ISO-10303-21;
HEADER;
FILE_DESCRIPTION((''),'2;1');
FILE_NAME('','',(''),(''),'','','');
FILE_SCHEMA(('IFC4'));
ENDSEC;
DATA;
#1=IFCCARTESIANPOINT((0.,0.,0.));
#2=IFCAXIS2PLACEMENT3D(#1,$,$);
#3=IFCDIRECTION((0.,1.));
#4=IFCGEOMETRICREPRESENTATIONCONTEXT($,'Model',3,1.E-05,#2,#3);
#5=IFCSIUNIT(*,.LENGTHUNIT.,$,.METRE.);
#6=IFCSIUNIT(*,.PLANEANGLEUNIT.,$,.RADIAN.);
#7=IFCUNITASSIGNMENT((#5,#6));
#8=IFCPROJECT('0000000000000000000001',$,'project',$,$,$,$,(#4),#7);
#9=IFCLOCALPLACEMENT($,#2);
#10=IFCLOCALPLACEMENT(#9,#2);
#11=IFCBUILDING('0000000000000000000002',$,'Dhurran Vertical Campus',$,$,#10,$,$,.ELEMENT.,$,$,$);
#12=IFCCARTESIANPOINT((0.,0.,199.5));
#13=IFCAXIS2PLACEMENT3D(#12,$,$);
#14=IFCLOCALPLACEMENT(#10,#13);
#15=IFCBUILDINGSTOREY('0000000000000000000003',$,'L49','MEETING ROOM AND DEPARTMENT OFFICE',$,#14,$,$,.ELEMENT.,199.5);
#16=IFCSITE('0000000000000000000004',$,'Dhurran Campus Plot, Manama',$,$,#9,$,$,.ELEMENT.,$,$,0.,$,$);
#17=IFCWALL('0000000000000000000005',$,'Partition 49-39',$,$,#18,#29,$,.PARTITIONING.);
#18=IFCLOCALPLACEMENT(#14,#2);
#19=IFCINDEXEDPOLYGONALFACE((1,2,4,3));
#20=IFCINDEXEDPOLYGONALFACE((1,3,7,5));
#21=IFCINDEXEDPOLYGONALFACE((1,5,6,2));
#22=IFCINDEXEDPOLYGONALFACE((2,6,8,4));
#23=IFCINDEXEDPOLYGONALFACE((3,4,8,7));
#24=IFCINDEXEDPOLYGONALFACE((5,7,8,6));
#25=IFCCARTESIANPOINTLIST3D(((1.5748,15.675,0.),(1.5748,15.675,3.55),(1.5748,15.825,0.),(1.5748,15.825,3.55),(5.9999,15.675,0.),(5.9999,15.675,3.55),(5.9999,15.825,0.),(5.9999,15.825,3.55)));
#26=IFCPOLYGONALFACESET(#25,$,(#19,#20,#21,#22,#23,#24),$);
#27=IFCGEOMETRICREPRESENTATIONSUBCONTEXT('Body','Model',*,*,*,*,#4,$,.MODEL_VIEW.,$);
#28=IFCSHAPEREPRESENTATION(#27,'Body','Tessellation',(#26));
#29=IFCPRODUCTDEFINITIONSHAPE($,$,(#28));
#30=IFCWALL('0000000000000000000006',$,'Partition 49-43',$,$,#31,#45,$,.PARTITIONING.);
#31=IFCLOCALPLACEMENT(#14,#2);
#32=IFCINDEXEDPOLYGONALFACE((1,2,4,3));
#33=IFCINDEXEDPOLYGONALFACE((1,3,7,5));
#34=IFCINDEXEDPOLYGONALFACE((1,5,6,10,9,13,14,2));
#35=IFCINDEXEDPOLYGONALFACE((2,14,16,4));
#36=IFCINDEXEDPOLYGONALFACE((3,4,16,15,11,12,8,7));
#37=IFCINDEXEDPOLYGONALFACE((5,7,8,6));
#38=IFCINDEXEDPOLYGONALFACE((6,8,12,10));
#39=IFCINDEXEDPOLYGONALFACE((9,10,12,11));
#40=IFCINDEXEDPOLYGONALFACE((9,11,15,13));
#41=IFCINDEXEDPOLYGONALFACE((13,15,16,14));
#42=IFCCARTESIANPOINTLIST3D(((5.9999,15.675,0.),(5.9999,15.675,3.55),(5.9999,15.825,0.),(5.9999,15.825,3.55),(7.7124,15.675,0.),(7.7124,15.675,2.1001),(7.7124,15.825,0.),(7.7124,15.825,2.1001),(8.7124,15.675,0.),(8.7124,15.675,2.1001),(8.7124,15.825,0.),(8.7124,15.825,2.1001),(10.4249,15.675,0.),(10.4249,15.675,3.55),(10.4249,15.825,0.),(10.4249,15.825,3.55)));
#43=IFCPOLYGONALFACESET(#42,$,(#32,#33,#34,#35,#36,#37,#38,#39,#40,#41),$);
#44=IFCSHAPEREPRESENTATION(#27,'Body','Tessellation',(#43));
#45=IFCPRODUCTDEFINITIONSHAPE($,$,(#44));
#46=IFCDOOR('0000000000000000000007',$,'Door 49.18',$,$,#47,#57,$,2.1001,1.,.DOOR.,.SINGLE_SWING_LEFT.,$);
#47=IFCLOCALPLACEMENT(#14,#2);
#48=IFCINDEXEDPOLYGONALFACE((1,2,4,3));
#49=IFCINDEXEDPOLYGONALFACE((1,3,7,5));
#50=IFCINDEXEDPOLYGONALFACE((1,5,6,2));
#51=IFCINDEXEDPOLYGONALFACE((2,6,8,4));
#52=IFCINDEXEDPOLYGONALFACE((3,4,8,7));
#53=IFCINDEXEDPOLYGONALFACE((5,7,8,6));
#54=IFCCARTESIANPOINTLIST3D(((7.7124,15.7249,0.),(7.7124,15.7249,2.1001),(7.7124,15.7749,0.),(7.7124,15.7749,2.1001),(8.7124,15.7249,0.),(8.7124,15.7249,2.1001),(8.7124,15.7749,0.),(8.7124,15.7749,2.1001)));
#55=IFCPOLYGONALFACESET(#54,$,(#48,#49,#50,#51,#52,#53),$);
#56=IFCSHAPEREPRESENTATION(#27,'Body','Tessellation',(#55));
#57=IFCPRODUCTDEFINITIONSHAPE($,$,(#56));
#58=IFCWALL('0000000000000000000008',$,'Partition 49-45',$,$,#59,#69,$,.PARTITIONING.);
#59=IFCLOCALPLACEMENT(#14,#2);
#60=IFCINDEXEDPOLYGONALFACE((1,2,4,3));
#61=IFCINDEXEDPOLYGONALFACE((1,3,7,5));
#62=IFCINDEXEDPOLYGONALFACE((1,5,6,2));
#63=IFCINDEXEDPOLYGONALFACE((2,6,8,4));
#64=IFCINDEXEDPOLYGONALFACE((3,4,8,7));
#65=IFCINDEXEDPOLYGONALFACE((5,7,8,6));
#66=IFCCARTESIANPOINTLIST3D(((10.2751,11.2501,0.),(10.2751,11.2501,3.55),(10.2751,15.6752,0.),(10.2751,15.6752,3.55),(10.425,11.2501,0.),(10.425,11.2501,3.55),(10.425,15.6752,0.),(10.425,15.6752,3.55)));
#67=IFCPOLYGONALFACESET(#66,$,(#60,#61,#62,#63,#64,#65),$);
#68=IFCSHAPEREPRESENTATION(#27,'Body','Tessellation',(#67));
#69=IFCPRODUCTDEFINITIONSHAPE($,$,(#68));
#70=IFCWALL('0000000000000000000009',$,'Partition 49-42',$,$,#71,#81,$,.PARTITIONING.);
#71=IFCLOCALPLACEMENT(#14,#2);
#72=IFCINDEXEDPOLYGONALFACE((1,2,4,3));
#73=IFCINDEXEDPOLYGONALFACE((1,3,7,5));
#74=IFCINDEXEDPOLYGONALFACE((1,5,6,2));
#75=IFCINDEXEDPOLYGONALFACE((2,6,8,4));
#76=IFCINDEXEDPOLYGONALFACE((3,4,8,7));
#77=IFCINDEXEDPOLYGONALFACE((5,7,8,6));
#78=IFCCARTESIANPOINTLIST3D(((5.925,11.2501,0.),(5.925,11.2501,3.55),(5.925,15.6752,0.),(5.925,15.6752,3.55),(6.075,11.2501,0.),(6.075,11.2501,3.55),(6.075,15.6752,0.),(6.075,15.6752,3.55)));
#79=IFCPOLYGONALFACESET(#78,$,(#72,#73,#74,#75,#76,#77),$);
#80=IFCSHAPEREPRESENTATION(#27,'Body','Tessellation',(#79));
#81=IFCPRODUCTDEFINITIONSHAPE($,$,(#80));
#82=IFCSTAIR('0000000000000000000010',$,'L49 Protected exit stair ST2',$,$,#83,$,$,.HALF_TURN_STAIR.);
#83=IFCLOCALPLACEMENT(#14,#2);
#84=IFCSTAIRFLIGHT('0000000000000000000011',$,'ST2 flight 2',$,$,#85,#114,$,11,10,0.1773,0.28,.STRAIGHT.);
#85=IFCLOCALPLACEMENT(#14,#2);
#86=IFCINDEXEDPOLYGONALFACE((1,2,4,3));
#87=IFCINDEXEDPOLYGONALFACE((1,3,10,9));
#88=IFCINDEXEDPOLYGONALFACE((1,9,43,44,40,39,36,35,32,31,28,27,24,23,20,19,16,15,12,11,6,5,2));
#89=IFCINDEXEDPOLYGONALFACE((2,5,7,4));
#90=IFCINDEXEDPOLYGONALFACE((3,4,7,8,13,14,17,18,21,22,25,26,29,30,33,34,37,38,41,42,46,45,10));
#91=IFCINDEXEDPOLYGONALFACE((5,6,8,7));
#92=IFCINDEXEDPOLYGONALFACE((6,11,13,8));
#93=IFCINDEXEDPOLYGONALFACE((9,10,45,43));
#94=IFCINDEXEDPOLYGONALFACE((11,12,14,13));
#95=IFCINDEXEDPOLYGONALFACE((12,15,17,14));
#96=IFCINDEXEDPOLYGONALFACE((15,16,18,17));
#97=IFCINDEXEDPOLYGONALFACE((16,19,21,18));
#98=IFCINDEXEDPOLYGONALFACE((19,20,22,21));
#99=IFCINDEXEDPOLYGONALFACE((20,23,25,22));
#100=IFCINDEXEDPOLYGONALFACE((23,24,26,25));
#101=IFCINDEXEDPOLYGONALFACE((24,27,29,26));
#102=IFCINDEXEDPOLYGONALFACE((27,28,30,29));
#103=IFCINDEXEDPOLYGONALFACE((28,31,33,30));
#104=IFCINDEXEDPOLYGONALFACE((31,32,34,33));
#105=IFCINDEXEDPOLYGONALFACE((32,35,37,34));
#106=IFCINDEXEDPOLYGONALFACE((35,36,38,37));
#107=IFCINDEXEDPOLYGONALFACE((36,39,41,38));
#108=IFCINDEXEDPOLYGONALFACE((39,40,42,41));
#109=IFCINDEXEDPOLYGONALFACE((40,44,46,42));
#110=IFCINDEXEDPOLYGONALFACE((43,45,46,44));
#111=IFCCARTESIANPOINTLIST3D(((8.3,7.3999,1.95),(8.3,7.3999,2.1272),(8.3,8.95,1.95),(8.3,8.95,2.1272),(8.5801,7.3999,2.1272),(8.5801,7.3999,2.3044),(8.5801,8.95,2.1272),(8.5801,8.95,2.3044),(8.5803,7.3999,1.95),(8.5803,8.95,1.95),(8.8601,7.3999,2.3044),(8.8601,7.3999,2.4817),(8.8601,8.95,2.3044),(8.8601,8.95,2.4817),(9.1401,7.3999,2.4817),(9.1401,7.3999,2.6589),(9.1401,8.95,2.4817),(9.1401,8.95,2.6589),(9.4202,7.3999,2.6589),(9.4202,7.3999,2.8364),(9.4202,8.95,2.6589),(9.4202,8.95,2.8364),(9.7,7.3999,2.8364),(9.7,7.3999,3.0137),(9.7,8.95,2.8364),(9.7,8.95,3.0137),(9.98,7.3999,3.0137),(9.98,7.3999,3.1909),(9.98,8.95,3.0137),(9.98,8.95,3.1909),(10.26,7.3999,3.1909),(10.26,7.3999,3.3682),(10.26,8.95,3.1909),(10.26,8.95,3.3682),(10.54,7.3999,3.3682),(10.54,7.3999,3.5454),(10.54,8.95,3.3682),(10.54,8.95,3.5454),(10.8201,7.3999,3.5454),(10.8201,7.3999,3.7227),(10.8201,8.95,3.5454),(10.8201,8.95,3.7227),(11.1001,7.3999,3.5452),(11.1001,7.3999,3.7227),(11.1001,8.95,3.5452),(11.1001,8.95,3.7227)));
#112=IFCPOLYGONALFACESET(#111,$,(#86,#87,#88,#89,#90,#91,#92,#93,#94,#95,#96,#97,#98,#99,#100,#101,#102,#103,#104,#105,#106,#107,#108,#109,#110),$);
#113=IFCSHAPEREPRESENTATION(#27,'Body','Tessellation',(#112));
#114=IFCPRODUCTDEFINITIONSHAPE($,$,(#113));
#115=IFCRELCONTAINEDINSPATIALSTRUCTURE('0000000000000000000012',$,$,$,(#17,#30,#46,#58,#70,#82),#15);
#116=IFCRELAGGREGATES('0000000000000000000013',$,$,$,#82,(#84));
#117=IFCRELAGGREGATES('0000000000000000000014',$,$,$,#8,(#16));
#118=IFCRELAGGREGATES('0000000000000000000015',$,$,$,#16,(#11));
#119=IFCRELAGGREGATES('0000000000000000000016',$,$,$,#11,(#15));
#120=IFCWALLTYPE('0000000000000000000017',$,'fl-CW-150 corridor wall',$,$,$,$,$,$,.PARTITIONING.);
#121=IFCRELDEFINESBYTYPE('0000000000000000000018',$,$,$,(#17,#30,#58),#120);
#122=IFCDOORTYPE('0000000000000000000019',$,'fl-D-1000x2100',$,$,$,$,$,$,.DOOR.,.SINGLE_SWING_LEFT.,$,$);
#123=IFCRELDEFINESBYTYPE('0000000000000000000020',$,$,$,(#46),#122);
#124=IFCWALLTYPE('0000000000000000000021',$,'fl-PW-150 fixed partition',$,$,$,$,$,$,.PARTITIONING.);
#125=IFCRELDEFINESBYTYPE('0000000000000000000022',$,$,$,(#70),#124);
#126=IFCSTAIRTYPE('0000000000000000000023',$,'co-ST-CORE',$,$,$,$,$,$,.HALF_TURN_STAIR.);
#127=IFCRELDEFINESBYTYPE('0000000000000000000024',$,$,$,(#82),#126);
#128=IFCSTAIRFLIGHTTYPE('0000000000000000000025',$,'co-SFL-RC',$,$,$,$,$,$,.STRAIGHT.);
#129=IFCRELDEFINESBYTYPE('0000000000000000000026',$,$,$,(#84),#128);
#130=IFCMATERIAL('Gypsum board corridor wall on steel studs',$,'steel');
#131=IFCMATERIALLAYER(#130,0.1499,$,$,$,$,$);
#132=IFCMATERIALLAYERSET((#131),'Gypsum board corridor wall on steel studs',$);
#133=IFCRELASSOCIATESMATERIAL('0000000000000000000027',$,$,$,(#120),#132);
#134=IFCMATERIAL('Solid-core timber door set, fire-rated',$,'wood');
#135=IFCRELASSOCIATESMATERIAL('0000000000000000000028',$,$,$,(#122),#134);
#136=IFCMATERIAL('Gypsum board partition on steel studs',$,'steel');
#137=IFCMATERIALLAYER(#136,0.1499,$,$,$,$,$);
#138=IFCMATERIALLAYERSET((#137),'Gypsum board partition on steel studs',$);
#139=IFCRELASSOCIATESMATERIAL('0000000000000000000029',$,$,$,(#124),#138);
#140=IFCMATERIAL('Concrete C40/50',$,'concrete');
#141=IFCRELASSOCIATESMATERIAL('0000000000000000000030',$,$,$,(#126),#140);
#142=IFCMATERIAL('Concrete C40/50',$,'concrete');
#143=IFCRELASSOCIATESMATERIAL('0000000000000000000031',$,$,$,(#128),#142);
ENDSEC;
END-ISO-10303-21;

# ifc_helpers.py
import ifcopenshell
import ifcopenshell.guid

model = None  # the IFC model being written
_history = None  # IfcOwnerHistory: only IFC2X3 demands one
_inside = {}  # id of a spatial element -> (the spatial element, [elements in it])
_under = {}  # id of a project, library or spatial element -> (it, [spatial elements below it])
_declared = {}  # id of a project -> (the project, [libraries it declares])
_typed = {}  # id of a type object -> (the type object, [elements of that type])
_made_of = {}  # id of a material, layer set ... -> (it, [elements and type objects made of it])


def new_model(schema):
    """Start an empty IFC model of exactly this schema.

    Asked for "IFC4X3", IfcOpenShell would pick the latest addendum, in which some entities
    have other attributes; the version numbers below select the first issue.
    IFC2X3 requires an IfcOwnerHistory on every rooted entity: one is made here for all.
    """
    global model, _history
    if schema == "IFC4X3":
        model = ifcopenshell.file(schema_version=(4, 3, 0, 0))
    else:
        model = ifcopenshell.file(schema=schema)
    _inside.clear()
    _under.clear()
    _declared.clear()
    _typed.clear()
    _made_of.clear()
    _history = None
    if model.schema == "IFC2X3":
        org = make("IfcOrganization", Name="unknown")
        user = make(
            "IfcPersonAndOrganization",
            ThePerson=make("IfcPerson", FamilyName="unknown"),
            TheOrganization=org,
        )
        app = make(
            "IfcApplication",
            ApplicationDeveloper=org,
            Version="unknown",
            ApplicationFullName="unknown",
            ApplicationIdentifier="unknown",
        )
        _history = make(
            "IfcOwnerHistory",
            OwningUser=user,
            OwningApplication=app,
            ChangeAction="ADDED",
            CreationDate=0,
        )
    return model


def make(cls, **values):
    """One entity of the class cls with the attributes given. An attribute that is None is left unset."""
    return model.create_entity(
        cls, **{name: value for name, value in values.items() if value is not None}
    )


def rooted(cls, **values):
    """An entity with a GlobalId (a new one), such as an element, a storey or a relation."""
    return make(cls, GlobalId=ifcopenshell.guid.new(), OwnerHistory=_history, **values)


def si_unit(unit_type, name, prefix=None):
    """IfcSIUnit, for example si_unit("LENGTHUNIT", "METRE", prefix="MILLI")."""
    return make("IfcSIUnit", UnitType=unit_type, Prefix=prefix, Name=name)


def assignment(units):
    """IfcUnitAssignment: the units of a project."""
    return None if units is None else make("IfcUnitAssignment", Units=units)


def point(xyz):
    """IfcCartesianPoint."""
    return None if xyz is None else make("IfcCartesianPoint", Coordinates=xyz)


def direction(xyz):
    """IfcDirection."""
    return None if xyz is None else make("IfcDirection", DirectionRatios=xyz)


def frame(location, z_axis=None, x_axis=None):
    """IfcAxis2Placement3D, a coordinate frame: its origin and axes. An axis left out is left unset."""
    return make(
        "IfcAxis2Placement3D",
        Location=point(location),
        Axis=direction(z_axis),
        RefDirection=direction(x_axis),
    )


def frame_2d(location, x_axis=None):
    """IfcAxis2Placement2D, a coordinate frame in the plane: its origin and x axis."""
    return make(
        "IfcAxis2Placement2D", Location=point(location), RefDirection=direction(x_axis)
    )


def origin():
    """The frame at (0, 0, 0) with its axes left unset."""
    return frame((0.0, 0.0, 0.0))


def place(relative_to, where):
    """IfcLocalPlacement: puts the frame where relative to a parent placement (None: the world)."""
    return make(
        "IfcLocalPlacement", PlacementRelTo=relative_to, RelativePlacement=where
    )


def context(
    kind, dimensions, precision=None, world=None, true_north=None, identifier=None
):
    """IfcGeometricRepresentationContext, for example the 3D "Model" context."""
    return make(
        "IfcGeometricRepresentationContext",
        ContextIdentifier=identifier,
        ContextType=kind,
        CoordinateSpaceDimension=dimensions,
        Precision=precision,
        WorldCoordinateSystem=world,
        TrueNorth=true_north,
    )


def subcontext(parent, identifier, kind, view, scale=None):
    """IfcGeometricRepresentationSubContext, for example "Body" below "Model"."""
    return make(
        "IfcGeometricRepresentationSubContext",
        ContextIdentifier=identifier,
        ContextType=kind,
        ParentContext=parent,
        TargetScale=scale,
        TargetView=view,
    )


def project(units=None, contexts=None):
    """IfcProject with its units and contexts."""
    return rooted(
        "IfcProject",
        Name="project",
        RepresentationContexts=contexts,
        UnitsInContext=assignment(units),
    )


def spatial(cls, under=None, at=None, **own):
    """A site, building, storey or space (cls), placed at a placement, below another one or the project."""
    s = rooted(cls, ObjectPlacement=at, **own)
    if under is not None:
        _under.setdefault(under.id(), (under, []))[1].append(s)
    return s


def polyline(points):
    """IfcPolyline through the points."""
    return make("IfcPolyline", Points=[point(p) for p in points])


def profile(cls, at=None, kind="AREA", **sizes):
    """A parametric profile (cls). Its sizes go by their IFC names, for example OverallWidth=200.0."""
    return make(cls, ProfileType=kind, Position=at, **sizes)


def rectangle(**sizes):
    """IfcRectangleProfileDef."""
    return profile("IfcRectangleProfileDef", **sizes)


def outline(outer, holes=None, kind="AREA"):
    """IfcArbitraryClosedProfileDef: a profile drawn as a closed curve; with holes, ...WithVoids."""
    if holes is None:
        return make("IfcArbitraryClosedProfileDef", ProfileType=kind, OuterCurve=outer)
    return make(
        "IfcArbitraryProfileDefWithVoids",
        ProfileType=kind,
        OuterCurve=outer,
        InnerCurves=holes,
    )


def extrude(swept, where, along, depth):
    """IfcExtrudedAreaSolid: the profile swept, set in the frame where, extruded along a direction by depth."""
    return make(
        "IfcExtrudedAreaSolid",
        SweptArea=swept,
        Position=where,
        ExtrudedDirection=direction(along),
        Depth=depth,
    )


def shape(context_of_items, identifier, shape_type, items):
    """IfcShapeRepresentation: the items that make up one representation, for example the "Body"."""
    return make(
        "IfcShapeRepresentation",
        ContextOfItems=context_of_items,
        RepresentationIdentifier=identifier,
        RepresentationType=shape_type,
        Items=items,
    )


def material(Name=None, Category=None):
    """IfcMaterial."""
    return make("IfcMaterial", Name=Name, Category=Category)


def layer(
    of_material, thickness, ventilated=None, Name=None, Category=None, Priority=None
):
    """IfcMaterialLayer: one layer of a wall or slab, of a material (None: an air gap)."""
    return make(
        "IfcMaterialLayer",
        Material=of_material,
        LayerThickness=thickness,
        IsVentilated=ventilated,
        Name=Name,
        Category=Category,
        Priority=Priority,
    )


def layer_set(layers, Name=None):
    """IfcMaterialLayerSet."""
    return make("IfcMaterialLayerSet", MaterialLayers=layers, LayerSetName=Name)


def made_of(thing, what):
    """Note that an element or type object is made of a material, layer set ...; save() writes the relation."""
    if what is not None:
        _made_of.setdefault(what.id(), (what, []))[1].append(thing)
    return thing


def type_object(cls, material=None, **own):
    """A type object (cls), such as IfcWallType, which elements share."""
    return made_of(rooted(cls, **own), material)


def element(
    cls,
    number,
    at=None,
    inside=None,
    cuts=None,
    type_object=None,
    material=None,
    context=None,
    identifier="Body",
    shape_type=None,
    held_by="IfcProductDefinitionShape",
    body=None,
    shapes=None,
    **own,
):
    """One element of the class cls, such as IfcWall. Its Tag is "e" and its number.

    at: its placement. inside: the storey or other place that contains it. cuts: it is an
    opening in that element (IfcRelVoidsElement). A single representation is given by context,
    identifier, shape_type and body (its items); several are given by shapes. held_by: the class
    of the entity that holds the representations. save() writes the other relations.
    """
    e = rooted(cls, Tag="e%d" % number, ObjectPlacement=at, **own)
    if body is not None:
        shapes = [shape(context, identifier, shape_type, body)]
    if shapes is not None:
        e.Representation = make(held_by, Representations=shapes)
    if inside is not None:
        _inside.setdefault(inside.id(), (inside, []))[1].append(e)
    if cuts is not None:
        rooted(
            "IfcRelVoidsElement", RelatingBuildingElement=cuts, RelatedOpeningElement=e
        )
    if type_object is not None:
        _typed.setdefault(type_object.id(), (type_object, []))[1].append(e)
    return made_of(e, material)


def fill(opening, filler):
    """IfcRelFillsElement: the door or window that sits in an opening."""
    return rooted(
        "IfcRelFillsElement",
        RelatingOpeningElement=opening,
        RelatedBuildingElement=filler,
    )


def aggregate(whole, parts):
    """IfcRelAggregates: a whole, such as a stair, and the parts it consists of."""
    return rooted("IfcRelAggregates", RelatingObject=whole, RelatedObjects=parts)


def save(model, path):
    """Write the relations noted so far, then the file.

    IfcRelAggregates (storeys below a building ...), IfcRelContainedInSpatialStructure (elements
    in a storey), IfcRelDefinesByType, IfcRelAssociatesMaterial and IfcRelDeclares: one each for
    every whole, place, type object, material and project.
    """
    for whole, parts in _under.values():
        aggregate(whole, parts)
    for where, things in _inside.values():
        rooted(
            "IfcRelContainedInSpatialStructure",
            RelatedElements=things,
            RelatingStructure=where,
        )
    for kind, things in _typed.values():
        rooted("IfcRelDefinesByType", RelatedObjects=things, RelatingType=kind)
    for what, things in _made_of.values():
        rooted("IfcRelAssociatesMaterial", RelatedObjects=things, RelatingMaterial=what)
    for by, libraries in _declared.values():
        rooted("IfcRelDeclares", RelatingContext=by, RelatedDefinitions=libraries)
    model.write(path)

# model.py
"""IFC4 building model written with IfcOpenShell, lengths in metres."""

from ifc_helpers import new_model, si_unit, direction, frame, frame_2d, origin, place, context, subcontext, project, spatial, polyline, rectangle, outline, extrude, material, layer, layer_set, type_object, element, fill, aggregate, save


model = new_model("IFC4")

# Units and contexts
model_context = context("Model", 3, precision=1e-05, world=origin(), true_north=direction((0.0, 1.0)))
body_context = subcontext(model_context, "Body", "Model", "MODEL_VIEW")
ifc_project = project(units=[si_unit("LENGTHUNIT", "METRE"), si_unit("PLANEANGLEUNIT", "RADIAN")], contexts=[model_context])

# Site, building, storey
site_placement = place(None, origin())
site = spatial("IfcSite", under=ifc_project, at=site_placement, Name="Dhurran Campus Plot, Manama", CompositionType="ELEMENT", RefElevation=0.0)
building_placement = place(site_placement, origin())
building = spatial("IfcBuilding", under=site, at=building_placement, Name="Dhurran Vertical Campus", CompositionType="ELEMENT")
storey_placement = place(building_placement, frame((0.0, 0.0, 199.5)))
storey = spatial("IfcBuildingStorey", under=building, at=storey_placement, Name="L49", Description="MEETING ROOM AND DEPARTMENT OFFICE", CompositionType="ELEMENT", Elevation=199.5)

# Shared definitions
ifc_material_1 = material(Name="Gypsum board corridor wall on steel studs", Category="steel")
ifc_layer_1 = layer(ifc_material_1, 0.1499)
ifc_layer_set_1 = layer_set([ifc_layer_1], Name="Gypsum board corridor wall on steel studs")
wall_type_1 = type_object("IfcWallType", Name="fl-CW-150 corridor wall", PredefinedType="PARTITIONING", material=ifc_layer_set_1)
ifc_material_2 = material(Name="Solid-core timber door set, fire-rated", Category="wood")
door_type = type_object("IfcDoorType", Name="fl-D-1000x2100", OperationType="SINGLE_SWING_LEFT", PredefinedType="DOOR", material=ifc_material_2)

# Wall
wall_1_placement = place(storey_placement, frame((1.575, 15.75, 0.0), z_axis=(0.0, 0.0, 1.0), x_axis=(1.0, 0.0, 0.0)))
element("IfcWall", 1, at=wall_1_placement, inside=storey, type_object=wall_type_1, Name="Partition 49-39", PredefinedType="PARTITIONING", context=body_context, shape_type="SweptSolid", body=[
    extrude(rectangle(XDim=4.425, YDim=0.1499, at=frame_2d((2.2124, 0.0))), origin(), (0.0, 0.0, 1.0), 3.55),
])

# Wall, opening, door
wall_2_placement = place(storey_placement, frame((6.0, 15.75, 0.0), z_axis=(0.0, 0.0, 1.0), x_axis=(1.0, 0.0, 0.0)))
wall_2 = element("IfcWall", 2, at=wall_2_placement, inside=storey, type_object=wall_type_1, Name="Partition 49-43", PredefinedType="PARTITIONING", context=body_context, shape_type="SweptSolid", body=[
    extrude(rectangle(XDim=4.425, YDim=0.1499, at=frame_2d((2.2124, 0.0))), origin(), (0.0, 0.0, 1.0), 3.55),
])
opening_1_placement = place(wall_2_placement, frame((1.7124, 0.0, 0.0)))
opening_1 = element("IfcOpeningElement", 3, at=opening_1_placement, cuts=wall_2, PredefinedType="OPENING", context=body_context, shape_type="SweptSolid", body=[
    extrude(rectangle(XDim=1.0, YDim=2.1001, at=frame_2d((0.5, 1.05))), frame((0.0, 0.085, 0.0), z_axis=(0.0, -1.0, 0.0), x_axis=(1.0, 0.0, 0.0)), (0.0, 0.0, 1.0), 0.1699),
])
door_1_placement = place(opening_1_placement, origin())
door_1 = element("IfcDoor", 4, at=door_1_placement, inside=storey, type_object=door_type, Name="Door 49.18", OperationType="SINGLE_SWING_LEFT", OverallHeight=2.1001, OverallWidth=1.0, PredefinedType="DOOR", context=body_context, shape_type="SweptSolid", body=[
    extrude(rectangle(XDim=1.0, YDim=2.1001, at=frame_2d((0.5, 1.05))), frame((0.0, 0.0249, 0.0), z_axis=(0.0, -1.0, 0.0), x_axis=(1.0, 0.0, 0.0)), (0.0, 0.0, 1.0), 0.05),
])
fill(opening_1, door_1)

# Walls
wall_3_placement = place(storey_placement, frame((10.3501, 15.675, 0.0), z_axis=(0.0, 0.0, 1.0), x_axis=(0.0, -1.0, 0.0)))
element("IfcWall", 5, at=wall_3_placement, inside=storey, type_object=wall_type_1, Name="Partition 49-45", PredefinedType="PARTITIONING", context=body_context, shape_type="SweptSolid", body=[
    extrude(rectangle(XDim=4.425, YDim=0.1499, at=frame_2d((2.2124, 0.0))), origin(), (0.0, 0.0, 1.0), 3.55),
])
ifc_material_3 = material(Name="Gypsum board partition on steel studs", Category="steel")
ifc_layer_2 = layer(ifc_material_3, 0.1499)
ifc_layer_set_2 = layer_set([ifc_layer_2], Name="Gypsum board partition on steel studs")
wall_type_2 = type_object("IfcWallType", Name="fl-PW-150 fixed partition", PredefinedType="PARTITIONING", material=ifc_layer_set_2)
wall_4_placement = place(storey_placement, frame((6.0, 15.675, 0.0), z_axis=(0.0, 0.0, 1.0), x_axis=(0.0, -1.0, 0.0)))
element("IfcWall", 6, at=wall_4_placement, inside=storey, type_object=wall_type_2, Name="Partition 49-42", PredefinedType="PARTITIONING", context=body_context, shape_type="SweptSolid", body=[
    extrude(rectangle(XDim=4.425, YDim=0.1499, at=frame_2d((2.2124, 0.0))), origin(), (0.0, 0.0, 1.0), 3.55),
])

# Stair, stair flight
ifc_material_4 = material(Name="Concrete C40/50", Category="concrete")
stair_type = type_object("IfcStairType", Name="co-ST-CORE", PredefinedType="HALF_TURN_STAIR", material=ifc_material_4)
stair_placement = place(storey_placement, origin())
stair = element("IfcStair", 7, at=stair_placement, inside=storey, type_object=stair_type, Name="L49 Protected exit stair ST2", PredefinedType="HALF_TURN_STAIR")
ifc_material_5 = material(Name="Concrete C40/50", Category="concrete")
stair_flight_type = type_object("IfcStairFlightType", Name="co-SFL-RC", PredefinedType="STRAIGHT", material=ifc_material_5)
stair_flight_placement = place(storey_placement, frame((8.3, 8.175, 1.95), z_axis=(0.0, 0.0, 1.0), x_axis=(1.0, 0.0, 0.0)))
stair_flight = element("IfcStairFlight", 8, at=stair_flight_placement, type_object=stair_flight_type, Name="ST2 flight 2", NumberOfRisers=11, NumberOfTreads=10, PredefinedType="STRAIGHT", RiserHeight=0.1773, TreadLength=0.28, context=body_context, shape_type="SweptSolid", body=[
    extrude(outline(polyline([(0.0, 0.0), (0.0, 0.1772), (0.28, 0.1772), (0.28, 0.3545), (0.5601, 0.3545), (0.5601, 0.5317), (0.8401, 0.5317), (0.8401, 0.709), (1.1201, 0.709), (1.1201, 0.8865), (1.3999, 0.8865), (1.3999, 1.0637), (1.6799, 1.0637), (1.6799, 1.241), (1.96, 1.241), (1.96, 1.4182), (2.24, 1.4182), (2.24, 1.5955), (2.52, 1.5955), (2.52, 1.7727), (2.8, 1.7727), (2.8, 1.95), (2.8, 1.5952), (0.2803, 0.0), (0.0, 0.0)])), frame((0.0, 0.7749, 0.0), z_axis=(0.0, -1.0, 0.0), x_axis=(1.0, 0.0, 0.0)), (0.0, 0.0, 1.0), 1.55),
])
aggregate(stair, [stair_flight])

save(model, "model.ifc")
